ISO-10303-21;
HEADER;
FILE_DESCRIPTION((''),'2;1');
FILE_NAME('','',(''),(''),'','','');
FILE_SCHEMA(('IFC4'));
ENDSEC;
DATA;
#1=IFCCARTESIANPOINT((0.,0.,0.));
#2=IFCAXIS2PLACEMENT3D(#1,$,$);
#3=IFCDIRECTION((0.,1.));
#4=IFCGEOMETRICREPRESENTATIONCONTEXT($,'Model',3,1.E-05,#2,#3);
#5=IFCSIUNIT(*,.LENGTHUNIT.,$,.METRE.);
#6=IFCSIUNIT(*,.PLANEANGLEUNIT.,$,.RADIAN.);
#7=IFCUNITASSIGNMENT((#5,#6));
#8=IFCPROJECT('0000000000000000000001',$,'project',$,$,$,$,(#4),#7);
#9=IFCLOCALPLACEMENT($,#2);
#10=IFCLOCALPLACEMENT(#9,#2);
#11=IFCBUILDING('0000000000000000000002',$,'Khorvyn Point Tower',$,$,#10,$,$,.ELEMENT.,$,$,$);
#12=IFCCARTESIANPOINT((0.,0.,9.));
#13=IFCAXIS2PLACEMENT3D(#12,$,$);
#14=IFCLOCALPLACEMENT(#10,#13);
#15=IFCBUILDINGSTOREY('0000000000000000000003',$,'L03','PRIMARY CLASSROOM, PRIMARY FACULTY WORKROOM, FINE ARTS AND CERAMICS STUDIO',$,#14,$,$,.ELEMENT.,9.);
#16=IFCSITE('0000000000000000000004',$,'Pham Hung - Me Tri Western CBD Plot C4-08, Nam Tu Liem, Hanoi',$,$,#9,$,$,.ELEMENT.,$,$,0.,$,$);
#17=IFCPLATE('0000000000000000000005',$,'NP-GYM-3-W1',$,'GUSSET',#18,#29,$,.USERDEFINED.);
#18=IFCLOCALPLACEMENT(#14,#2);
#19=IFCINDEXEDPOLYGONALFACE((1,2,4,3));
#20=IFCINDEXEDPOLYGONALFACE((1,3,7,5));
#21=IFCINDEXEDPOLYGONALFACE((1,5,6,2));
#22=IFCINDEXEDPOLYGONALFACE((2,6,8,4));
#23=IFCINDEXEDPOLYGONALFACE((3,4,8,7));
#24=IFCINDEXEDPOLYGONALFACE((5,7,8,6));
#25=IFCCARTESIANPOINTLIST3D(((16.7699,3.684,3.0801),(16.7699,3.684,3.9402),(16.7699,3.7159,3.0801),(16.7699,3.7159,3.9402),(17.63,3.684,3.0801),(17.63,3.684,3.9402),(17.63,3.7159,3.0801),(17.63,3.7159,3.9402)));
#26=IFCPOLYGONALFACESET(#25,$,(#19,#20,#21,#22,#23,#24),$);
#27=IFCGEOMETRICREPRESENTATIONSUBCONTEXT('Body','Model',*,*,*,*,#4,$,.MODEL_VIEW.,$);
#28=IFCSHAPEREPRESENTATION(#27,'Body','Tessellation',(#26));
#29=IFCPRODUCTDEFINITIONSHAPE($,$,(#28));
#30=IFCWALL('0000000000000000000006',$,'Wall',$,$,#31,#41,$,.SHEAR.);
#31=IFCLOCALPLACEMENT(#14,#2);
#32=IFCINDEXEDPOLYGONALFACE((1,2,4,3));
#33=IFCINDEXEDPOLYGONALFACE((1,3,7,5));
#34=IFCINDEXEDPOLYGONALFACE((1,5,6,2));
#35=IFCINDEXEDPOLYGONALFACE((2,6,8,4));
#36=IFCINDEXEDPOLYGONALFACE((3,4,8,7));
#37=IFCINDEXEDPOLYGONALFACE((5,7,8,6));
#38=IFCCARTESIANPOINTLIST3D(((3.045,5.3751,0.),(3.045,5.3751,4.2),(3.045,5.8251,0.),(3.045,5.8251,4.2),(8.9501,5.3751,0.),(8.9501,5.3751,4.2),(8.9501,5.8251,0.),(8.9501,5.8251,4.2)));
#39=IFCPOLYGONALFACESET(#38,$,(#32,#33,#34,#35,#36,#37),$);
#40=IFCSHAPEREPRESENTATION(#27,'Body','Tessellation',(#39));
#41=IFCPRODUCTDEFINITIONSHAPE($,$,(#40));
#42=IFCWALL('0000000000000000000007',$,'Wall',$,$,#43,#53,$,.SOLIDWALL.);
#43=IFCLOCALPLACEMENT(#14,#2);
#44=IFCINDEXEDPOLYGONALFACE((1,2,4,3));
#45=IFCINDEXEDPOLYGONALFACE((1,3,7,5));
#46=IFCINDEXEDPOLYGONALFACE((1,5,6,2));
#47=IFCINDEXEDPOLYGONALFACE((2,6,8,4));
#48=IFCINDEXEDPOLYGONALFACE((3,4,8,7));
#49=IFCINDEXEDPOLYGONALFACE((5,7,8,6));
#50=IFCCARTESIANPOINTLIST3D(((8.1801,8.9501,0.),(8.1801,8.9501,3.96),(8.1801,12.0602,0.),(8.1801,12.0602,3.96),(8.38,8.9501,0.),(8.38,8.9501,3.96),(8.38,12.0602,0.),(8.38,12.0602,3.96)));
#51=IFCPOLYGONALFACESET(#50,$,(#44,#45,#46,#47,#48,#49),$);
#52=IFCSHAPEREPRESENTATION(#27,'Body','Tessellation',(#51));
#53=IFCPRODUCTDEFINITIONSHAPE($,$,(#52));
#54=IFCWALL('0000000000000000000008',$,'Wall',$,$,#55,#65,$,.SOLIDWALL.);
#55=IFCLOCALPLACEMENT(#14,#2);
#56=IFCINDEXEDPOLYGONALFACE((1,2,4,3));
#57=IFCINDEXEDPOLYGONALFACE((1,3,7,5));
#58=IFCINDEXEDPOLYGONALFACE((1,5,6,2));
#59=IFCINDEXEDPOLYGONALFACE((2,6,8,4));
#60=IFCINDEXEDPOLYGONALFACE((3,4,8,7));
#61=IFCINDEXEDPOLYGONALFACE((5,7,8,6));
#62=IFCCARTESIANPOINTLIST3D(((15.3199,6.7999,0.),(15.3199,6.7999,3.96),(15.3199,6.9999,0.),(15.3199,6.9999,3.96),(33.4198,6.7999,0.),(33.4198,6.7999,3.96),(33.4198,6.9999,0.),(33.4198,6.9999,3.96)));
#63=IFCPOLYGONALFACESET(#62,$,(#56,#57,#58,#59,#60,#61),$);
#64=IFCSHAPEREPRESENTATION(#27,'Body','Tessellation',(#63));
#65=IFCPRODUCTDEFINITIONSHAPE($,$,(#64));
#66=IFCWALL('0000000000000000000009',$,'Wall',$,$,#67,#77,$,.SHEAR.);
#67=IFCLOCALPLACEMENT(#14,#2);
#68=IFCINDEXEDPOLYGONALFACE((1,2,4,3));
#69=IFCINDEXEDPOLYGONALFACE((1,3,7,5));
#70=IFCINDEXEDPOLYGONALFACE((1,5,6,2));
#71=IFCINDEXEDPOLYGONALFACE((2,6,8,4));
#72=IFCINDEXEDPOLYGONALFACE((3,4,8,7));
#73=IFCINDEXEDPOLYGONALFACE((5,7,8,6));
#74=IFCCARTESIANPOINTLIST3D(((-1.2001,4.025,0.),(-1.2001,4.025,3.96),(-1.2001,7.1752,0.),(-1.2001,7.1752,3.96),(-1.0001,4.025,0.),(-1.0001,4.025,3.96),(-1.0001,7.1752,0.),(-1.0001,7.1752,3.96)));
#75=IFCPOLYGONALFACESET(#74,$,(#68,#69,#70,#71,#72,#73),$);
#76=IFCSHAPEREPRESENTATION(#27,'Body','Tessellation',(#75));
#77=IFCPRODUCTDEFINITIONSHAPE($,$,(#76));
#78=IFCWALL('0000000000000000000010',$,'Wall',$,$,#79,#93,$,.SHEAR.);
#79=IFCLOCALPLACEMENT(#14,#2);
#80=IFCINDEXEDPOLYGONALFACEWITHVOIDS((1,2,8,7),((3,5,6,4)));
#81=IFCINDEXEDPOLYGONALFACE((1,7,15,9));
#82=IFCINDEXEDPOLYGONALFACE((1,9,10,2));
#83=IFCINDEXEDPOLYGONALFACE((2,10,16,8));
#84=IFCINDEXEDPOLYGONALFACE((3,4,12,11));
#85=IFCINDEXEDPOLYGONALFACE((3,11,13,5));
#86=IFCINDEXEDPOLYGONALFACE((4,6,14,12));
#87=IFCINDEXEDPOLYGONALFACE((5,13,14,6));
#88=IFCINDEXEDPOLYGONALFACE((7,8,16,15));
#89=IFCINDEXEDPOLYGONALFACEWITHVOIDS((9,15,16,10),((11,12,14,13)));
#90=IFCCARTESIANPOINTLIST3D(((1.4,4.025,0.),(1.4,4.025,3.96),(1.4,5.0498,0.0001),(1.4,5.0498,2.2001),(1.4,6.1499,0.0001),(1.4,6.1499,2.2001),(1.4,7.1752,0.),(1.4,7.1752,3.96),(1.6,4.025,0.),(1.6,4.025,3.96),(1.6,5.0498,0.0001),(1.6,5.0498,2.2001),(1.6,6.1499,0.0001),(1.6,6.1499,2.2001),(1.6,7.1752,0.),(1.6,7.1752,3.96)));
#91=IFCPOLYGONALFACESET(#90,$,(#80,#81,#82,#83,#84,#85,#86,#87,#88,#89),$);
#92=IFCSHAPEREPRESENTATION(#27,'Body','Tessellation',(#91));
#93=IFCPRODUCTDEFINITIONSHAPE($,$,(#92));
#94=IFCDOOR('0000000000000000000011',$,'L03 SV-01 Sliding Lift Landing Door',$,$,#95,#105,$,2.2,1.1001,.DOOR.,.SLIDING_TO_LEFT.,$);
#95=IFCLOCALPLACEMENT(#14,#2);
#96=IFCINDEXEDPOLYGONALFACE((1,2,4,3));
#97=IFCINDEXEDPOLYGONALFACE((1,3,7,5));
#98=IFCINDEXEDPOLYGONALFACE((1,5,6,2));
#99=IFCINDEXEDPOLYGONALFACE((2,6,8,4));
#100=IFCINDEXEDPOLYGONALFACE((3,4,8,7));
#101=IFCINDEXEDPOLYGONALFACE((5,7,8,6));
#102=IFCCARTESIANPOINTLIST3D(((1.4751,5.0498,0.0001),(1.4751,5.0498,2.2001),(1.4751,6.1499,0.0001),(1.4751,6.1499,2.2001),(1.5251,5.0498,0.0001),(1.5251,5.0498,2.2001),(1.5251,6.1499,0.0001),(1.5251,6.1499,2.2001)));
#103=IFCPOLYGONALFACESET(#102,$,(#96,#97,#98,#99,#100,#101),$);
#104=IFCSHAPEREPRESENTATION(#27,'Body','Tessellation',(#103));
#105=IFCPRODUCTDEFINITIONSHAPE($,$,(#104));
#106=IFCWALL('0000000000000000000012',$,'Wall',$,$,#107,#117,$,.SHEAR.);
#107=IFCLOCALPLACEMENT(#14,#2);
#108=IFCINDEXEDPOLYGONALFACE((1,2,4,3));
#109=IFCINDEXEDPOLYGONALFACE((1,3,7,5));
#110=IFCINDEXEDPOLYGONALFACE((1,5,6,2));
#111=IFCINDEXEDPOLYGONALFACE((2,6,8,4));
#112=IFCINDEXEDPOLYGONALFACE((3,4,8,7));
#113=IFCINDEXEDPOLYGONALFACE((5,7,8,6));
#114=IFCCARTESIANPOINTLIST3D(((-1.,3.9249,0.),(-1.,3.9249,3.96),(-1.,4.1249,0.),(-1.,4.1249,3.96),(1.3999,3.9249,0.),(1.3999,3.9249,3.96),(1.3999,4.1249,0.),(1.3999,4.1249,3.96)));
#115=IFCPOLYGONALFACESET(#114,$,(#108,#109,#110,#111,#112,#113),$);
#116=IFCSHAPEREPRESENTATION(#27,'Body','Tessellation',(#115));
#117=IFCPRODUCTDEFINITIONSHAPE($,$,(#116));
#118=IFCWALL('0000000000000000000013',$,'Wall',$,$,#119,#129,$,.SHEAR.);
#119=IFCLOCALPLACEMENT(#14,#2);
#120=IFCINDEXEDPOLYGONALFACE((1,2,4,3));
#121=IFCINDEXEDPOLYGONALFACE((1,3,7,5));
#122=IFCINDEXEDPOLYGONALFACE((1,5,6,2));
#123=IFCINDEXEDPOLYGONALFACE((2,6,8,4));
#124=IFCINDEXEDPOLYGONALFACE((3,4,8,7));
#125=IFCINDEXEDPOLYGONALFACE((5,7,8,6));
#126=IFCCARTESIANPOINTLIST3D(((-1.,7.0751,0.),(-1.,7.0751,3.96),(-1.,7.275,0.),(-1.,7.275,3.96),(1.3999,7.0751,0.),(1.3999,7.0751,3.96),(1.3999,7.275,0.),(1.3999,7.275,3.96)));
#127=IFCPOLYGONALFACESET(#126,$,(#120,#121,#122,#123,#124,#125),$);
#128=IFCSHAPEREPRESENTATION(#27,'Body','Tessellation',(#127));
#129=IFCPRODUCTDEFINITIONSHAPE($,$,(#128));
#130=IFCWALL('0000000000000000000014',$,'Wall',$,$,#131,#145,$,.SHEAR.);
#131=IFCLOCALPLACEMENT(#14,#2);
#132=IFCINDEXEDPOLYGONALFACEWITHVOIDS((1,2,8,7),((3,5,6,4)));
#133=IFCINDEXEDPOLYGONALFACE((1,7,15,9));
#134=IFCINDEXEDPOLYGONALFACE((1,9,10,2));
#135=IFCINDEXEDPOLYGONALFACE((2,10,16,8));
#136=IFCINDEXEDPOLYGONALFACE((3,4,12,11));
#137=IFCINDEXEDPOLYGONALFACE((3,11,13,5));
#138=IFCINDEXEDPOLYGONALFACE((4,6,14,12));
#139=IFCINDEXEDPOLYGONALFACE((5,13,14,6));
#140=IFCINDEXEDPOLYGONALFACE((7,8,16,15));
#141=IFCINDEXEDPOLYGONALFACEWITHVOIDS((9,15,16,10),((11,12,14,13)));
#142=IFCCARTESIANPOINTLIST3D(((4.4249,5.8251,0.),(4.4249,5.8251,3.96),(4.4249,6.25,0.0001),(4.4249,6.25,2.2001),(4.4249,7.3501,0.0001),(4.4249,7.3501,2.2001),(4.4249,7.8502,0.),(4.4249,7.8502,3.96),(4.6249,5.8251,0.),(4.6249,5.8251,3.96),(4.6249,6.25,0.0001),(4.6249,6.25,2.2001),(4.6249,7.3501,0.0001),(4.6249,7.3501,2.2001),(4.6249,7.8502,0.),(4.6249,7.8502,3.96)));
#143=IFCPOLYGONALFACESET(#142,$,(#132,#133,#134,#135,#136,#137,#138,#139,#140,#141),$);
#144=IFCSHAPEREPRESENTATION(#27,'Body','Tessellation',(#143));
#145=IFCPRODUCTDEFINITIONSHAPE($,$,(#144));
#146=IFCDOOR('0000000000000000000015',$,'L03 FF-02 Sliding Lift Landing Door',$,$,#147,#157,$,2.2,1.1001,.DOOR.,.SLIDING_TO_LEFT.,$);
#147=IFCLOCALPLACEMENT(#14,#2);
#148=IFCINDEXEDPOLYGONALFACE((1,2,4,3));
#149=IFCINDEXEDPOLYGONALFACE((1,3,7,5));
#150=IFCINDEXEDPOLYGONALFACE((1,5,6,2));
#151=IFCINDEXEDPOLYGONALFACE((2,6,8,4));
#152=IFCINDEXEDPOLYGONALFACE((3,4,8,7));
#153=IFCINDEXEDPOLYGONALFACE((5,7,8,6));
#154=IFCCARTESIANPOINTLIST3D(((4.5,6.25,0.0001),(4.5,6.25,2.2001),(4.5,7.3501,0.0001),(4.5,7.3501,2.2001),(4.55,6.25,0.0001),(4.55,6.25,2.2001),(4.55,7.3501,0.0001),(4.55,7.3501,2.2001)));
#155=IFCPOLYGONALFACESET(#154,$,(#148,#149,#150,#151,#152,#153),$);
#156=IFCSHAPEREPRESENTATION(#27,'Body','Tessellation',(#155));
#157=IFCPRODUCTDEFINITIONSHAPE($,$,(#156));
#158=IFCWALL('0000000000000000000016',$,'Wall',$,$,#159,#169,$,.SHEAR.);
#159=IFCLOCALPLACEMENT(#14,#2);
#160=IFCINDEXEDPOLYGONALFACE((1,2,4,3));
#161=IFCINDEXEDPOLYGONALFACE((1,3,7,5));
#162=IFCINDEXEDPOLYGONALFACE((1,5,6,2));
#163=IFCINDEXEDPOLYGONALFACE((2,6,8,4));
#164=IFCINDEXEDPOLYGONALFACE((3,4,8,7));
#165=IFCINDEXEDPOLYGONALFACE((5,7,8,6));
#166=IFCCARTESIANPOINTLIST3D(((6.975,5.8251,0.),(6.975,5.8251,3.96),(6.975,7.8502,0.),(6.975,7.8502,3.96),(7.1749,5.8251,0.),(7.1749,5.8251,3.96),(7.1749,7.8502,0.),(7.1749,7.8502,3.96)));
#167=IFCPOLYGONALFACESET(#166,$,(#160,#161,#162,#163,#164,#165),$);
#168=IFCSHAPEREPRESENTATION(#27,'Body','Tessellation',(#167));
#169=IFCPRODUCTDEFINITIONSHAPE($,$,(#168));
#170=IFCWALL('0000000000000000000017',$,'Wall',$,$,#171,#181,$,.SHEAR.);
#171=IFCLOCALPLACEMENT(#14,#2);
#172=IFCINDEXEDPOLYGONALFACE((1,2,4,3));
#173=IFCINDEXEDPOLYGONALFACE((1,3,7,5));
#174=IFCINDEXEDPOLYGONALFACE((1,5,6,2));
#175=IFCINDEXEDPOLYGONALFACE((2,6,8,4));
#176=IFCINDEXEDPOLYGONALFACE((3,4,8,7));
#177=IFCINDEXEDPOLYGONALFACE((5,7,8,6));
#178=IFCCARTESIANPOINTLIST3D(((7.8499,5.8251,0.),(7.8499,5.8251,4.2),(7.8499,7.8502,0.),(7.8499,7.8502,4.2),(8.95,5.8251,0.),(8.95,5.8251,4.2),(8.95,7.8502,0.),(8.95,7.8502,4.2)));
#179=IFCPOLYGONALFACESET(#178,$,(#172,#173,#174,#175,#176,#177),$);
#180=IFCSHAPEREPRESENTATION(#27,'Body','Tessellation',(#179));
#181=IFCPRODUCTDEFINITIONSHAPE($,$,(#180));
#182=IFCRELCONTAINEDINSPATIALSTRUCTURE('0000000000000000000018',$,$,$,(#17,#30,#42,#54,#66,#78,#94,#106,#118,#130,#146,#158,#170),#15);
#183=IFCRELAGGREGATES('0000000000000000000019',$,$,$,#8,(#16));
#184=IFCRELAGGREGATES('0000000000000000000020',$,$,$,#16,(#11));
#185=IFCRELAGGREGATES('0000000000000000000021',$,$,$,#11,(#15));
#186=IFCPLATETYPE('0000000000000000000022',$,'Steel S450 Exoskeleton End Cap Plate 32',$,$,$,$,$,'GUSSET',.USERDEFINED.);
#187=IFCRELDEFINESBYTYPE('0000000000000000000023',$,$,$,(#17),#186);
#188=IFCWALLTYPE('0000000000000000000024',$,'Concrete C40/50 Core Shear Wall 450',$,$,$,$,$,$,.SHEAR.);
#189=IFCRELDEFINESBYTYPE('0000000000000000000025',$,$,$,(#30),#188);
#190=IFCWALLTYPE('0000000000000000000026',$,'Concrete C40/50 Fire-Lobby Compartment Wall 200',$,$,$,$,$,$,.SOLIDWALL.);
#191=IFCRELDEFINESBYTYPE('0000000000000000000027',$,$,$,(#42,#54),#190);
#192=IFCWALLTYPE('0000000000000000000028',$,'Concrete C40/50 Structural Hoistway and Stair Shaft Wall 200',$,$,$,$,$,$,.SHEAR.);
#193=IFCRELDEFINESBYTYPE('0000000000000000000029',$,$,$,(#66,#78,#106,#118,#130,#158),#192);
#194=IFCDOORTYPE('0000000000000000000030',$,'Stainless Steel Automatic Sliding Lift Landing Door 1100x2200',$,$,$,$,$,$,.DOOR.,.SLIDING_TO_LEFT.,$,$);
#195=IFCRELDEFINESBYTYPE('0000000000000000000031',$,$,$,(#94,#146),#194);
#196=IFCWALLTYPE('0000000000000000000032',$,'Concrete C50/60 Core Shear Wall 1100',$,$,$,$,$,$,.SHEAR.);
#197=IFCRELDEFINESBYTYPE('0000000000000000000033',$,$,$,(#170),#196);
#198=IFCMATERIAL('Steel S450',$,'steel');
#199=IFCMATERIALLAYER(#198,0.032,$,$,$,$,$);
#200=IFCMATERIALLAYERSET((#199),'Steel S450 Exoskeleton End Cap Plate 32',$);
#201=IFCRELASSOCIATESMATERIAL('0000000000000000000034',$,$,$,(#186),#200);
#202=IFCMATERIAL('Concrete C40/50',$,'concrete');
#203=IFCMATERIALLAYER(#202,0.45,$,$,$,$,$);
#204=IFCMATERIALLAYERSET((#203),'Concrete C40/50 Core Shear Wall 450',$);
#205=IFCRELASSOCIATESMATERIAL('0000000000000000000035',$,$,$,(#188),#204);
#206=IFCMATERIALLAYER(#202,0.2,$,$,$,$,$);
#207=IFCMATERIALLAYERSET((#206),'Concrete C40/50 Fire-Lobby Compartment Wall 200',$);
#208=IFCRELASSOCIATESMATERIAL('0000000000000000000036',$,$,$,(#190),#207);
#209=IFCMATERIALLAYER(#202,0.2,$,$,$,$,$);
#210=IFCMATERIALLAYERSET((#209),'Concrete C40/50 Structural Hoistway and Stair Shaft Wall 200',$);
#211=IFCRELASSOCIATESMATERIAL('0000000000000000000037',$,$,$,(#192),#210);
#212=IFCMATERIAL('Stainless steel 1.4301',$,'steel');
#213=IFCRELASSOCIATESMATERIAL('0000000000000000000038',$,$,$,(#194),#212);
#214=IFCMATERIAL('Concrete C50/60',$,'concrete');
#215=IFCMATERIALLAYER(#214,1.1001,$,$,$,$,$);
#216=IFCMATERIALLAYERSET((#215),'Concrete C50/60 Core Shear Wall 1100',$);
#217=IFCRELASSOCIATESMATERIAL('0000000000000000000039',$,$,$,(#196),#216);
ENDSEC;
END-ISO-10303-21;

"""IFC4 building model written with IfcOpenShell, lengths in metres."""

from ifc_helpers import new_model, si_unit, direction, frame, frame_2d, origin, origin_2d, place, context, subcontext, project, spatial, rectangle, extrude, material, layer, layer_set, type_object, element, fill, save


model = new_model("IFC4")

# Units and contexts
model_context = context("Model", 3, precision=1e-05, world=origin(), true_north=direction((0.0, 1.0)))
body_context = subcontext(model_context, "Body", "Model", "MODEL_VIEW")
ifc_project = project(units=[si_unit("LENGTHUNIT", "METRE"), si_unit("PLANEANGLEUNIT", "RADIAN")], contexts=[model_context])

# Site, building, storey
site_placement = place(None, origin())
site = spatial("IfcSite", under=ifc_project, at=site_placement, Name="Pham Hung - Me Tri Western CBD Plot C4-08, Nam Tu Liem, Hanoi", CompositionType="ELEMENT", RefElevation=0.0)
building_placement = place(site_placement, origin())
building = spatial("IfcBuilding", under=site, at=building_placement, Name="Khorvyn Point Tower", CompositionType="ELEMENT")
storey_placement = place(building_placement, frame((0.0, 0.0, 9.0)))
storey = spatial("IfcBuildingStorey", under=building, at=storey_placement, Name="L03", Description="PRIMARY CLASSROOM, PRIMARY FACULTY WORKROOM, FINE ARTS AND CERAMICS STUDIO", CompositionType="ELEMENT", Elevation=9.0)

# Shared definitions
ifc_material_1 = material(Name="Concrete C40/50", Category="concrete")
ifc_material_2 = material(Name="Concrete C50/60", Category="concrete")

# Plate
ifc_material_3 = material(Name="Steel S450", Category="steel")
ifc_layer_1 = layer(ifc_material_3, 0.032)
ifc_layer_set_1 = layer_set([ifc_layer_1], Name="Steel S450 Exoskeleton End Cap Plate 32")
plate_type = type_object("IfcPlateType", Name="Steel S450 Exoskeleton End Cap Plate 32", ElementType="GUSSET", PredefinedType="USERDEFINED", material=ifc_layer_set_1)
for number, where, z_axis, x_axis, name in (
    (1, (17.2, 3.7, 3.0801), (0.0, 0.0, 1.0), (1.0, 0.0, 0.0), "NP-GYM-3-W1"),
):
    element("IfcPlate", number, at=place(storey_placement, frame(where, z_axis=z_axis, x_axis=x_axis)), inside=storey, type_object=plate_type, Name=name, ObjectType="GUSSET", PredefinedType="USERDEFINED", context=body_context, shape_type="SweptSolid", body=[
        extrude(rectangle(XDim=0.8601, YDim=0.032, at=origin_2d()), origin(), (0.0, 0.0, 1.0), 0.8601),
    ])

# Walls
ifc_layer_2 = layer(ifc_material_1, 0.45)
ifc_layer_set_2 = layer_set([ifc_layer_2], Name="Concrete C40/50 Core Shear Wall 450")
wall_type_1 = type_object("IfcWallType", Name="Concrete C40/50 Core Shear Wall 450", PredefinedType="SHEAR", material=ifc_layer_set_2)
wall_1_placement = place(storey_placement, frame((3.0449, 5.6001, 0.0), z_axis=(0.0, 0.0, 1.0), x_axis=(1.0, 0.0, 0.0)))
element("IfcWall", 2, at=wall_1_placement, inside=storey, type_object=wall_type_1, Name="Wall", PredefinedType="SHEAR", context=body_context, shape_type="SweptSolid", body=[
    extrude(rectangle(XDim=5.905, YDim=0.45, at=frame_2d((2.9526, 0.0))), origin(), (0.0, 0.0, 1.0), 4.2),
])
ifc_layer_3 = layer(ifc_material_1, 0.2)
ifc_layer_set_3 = layer_set([ifc_layer_3], Name="Concrete C40/50 Fire-Lobby Compartment Wall 200")
wall_type_2 = type_object("IfcWallType", Name="Concrete C40/50 Fire-Lobby Compartment Wall 200", PredefinedType="SOLIDWALL", material=ifc_layer_set_3)
wall_2_placement = place(storey_placement, frame((8.28, 8.95, 0.0), z_axis=(0.0, 0.0, 1.0), x_axis=(0.0, 1.0, 0.0)))
element("IfcWall", 3, at=wall_2_placement, inside=storey, type_object=wall_type_2, Name="Wall", PredefinedType="SOLIDWALL", context=body_context, shape_type="SweptSolid", body=[
    extrude(rectangle(XDim=3.1101, YDim=0.2, at=frame_2d((1.5552, 0.0))), origin(), (0.0, 0.0, 1.0), 3.96),
])
wall_3_placement = place(storey_placement, frame((15.3201, 6.8999, 0.0), z_axis=(0.0, 0.0, 1.0), x_axis=(1.0, 0.0, 0.0)))
element("IfcWall", 4, at=wall_3_placement, inside=storey, type_object=wall_type_2, Name="Wall", PredefinedType="SOLIDWALL", context=body_context, shape_type="SweptSolid", body=[
    extrude(rectangle(XDim=18.0999, YDim=0.2, at=frame_2d((9.0498, 0.0))), origin(), (0.0, 0.0, 1.0), 3.96),
])
ifc_layer_4 = layer(ifc_material_1, 0.2)
ifc_layer_set_4 = layer_set([ifc_layer_4], Name="Concrete C40/50 Structural Hoistway and Stair Shaft Wall 200")
wall_type_3 = type_object("IfcWallType", Name="Concrete C40/50 Structural Hoistway and Stair Shaft Wall 200", PredefinedType="SHEAR", material=ifc_layer_set_4)
wall_4_placement = place(storey_placement, frame((-1.1001, 4.0249, 0.0), z_axis=(0.0, 0.0, 1.0), x_axis=(0.0, 1.0, 0.0)))
element("IfcWall", 5, at=wall_4_placement, inside=storey, type_object=wall_type_3, Name="Wall", PredefinedType="SHEAR", context=body_context, shape_type="SweptSolid", body=[
    extrude(rectangle(XDim=3.1501, YDim=0.2, at=frame_2d((1.5752, 0.0))), origin(), (0.0, 0.0, 1.0), 3.96),
])

# Wall, opening, door
wall_5_placement = place(storey_placement, frame((1.5, 4.0249, 0.0), z_axis=(0.0, 0.0, 1.0), x_axis=(0.0, 1.0, 0.0)))
wall_5 = element("IfcWall", 6, at=wall_5_placement, inside=storey, type_object=wall_type_3, Name="Wall", PredefinedType="SHEAR", context=body_context, shape_type="SweptSolid", body=[
    extrude(rectangle(XDim=3.1501, YDim=0.2, at=frame_2d((1.5752, 0.0))), origin(), (0.0, 0.0, 1.0), 3.96),
])
opening_1_placement = place(wall_5_placement, frame((1.0249, 0.0, 0.0)))
opening_1 = element("IfcOpeningElement", 7, at=opening_1_placement, cuts=wall_5, PredefinedType="OPENING", context=body_context, shape_type="SweptSolid", body=[
    extrude(rectangle(XDim=1.1001, YDim=2.2, at=frame_2d((0.55, 1.1001))), frame((0.0, 0.1099, 0.0), z_axis=(0.0, -1.0, 0.0), x_axis=(1.0, 0.0, 0.0)), (0.0, 0.0, 1.0), 0.22),
])
ifc_material_4 = material(Name="Stainless steel 1.4301", Category="steel")
door_type = type_object("IfcDoorType", Name="Stainless Steel Automatic Sliding Lift Landing Door 1100x2200", OperationType="SLIDING_TO_LEFT", PredefinedType="DOOR", material=ifc_material_4)
door_1_placement = place(opening_1_placement, origin())
door_1 = element("IfcDoor", 8, at=door_1_placement, inside=storey, type_object=door_type, Name="L03 SV-01 Sliding Lift Landing Door", OperationType="SLIDING_TO_LEFT", OverallHeight=2.2, OverallWidth=1.1001, PredefinedType="DOOR", context=body_context, shape_type="SweptSolid", body=[
    extrude(rectangle(XDim=1.1001, YDim=2.2, at=frame_2d((0.55, 1.1001))), frame((0.0, 0.0249, 0.0), z_axis=(0.0, -1.0, 0.0), x_axis=(1.0, 0.0, 0.0)), (0.0, 0.0, 1.0), 0.05),
])
fill(opening_1, door_1)

# Walls
for number, where, z_axis, x_axis, name in (
    (9, (-1.0, 4.0249, 0.0), (0.0, 0.0, 1.0), (1.0, 0.0, 0.0), "Wall"),
    (10, (-1.0, 7.175, 0.0), (0.0, 0.0, 1.0), (1.0, 0.0, 0.0), "Wall"),
):
    element("IfcWall", number, at=place(storey_placement, frame(where, z_axis=z_axis, x_axis=x_axis)), inside=storey, type_object=wall_type_3, Name=name, PredefinedType="SHEAR", context=body_context, shape_type="SweptSolid", body=[
        extrude(rectangle(XDim=2.3999, YDim=0.2, at=frame_2d((1.2, 0.0))), origin(), (0.0, 0.0, 1.0), 3.96),
    ])

# Wall, opening, door
wall_6_placement = place(storey_placement, frame((4.5249, 5.825, 0.0), z_axis=(0.0, 0.0, 1.0), x_axis=(0.0, 1.0, 0.0)))
wall_6 = element("IfcWall", 11, at=wall_6_placement, inside=storey, type_object=wall_type_3, Name="Wall", PredefinedType="SHEAR", context=body_context, shape_type="SweptSolid", body=[
    extrude(rectangle(XDim=2.0251, YDim=0.2, at=frame_2d((1.0127, 0.0))), origin(), (0.0, 0.0, 1.0), 3.96),
])
opening_2_placement = place(wall_6_placement, frame((0.425, 0.0, 0.0)))
opening_2 = element("IfcOpeningElement", 12, at=opening_2_placement, cuts=wall_6, PredefinedType="OPENING", context=body_context, shape_type="SweptSolid", body=[
    extrude(rectangle(XDim=1.1001, YDim=2.2, at=frame_2d((0.55, 1.1001))), frame((0.0, 0.1099, 0.0), z_axis=(0.0, -1.0, 0.0), x_axis=(1.0, 0.0, 0.0)), (0.0, 0.0, 1.0), 0.22),
])
door_2_placement = place(opening_2_placement, origin())
door_2 = element("IfcDoor", 13, at=door_2_placement, inside=storey, type_object=door_type, Name="L03 FF-02 Sliding Lift Landing Door", OperationType="SLIDING_TO_LEFT", OverallHeight=2.2, OverallWidth=1.1001, PredefinedType="DOOR", context=body_context, shape_type="SweptSolid", body=[
    extrude(rectangle(XDim=1.1001, YDim=2.2, at=frame_2d((0.55, 1.1001))), frame((0.0, 0.0249, 0.0), z_axis=(0.0, -1.0, 0.0), x_axis=(1.0, 0.0, 0.0)), (0.0, 0.0, 1.0), 0.05),
])
fill(opening_2, door_2)

# Walls
wall_7_placement = place(storey_placement, frame((7.075, 5.825, 0.0), z_axis=(0.0, 0.0, 1.0), x_axis=(0.0, 1.0, 0.0)))
element("IfcWall", 14, at=wall_7_placement, inside=storey, type_object=wall_type_3, Name="Wall", PredefinedType="SHEAR", context=body_context, shape_type="SweptSolid", body=[
    extrude(rectangle(XDim=2.0251, YDim=0.2, at=frame_2d((1.0127, 0.0))), origin(), (0.0, 0.0, 1.0), 3.96),
])
ifc_layer_5 = layer(ifc_material_2, 1.1001)
ifc_layer_set_5 = layer_set([ifc_layer_5], Name="Concrete C50/60 Core Shear Wall 1100")
wall_type_4 = type_object("IfcWallType", Name="Concrete C50/60 Core Shear Wall 1100", PredefinedType="SHEAR", material=ifc_layer_set_5)
wall_8_placement = place(storey_placement, frame((8.3999, 5.825, 0.0), z_axis=(0.0, 0.0, 1.0), x_axis=(0.0, 1.0, 0.0)))
element("IfcWall", 15, at=wall_8_placement, inside=storey, type_object=wall_type_4, Name="Wall", PredefinedType="SHEAR", context=body_context, shape_type="SweptSolid", body=[
    extrude(rectangle(XDim=2.0251, YDim=1.1001, at=frame_2d((1.0127, 0.0))), origin(), (0.0, 0.0, 1.0), 4.2),
])

save(model, "model.ifc")
